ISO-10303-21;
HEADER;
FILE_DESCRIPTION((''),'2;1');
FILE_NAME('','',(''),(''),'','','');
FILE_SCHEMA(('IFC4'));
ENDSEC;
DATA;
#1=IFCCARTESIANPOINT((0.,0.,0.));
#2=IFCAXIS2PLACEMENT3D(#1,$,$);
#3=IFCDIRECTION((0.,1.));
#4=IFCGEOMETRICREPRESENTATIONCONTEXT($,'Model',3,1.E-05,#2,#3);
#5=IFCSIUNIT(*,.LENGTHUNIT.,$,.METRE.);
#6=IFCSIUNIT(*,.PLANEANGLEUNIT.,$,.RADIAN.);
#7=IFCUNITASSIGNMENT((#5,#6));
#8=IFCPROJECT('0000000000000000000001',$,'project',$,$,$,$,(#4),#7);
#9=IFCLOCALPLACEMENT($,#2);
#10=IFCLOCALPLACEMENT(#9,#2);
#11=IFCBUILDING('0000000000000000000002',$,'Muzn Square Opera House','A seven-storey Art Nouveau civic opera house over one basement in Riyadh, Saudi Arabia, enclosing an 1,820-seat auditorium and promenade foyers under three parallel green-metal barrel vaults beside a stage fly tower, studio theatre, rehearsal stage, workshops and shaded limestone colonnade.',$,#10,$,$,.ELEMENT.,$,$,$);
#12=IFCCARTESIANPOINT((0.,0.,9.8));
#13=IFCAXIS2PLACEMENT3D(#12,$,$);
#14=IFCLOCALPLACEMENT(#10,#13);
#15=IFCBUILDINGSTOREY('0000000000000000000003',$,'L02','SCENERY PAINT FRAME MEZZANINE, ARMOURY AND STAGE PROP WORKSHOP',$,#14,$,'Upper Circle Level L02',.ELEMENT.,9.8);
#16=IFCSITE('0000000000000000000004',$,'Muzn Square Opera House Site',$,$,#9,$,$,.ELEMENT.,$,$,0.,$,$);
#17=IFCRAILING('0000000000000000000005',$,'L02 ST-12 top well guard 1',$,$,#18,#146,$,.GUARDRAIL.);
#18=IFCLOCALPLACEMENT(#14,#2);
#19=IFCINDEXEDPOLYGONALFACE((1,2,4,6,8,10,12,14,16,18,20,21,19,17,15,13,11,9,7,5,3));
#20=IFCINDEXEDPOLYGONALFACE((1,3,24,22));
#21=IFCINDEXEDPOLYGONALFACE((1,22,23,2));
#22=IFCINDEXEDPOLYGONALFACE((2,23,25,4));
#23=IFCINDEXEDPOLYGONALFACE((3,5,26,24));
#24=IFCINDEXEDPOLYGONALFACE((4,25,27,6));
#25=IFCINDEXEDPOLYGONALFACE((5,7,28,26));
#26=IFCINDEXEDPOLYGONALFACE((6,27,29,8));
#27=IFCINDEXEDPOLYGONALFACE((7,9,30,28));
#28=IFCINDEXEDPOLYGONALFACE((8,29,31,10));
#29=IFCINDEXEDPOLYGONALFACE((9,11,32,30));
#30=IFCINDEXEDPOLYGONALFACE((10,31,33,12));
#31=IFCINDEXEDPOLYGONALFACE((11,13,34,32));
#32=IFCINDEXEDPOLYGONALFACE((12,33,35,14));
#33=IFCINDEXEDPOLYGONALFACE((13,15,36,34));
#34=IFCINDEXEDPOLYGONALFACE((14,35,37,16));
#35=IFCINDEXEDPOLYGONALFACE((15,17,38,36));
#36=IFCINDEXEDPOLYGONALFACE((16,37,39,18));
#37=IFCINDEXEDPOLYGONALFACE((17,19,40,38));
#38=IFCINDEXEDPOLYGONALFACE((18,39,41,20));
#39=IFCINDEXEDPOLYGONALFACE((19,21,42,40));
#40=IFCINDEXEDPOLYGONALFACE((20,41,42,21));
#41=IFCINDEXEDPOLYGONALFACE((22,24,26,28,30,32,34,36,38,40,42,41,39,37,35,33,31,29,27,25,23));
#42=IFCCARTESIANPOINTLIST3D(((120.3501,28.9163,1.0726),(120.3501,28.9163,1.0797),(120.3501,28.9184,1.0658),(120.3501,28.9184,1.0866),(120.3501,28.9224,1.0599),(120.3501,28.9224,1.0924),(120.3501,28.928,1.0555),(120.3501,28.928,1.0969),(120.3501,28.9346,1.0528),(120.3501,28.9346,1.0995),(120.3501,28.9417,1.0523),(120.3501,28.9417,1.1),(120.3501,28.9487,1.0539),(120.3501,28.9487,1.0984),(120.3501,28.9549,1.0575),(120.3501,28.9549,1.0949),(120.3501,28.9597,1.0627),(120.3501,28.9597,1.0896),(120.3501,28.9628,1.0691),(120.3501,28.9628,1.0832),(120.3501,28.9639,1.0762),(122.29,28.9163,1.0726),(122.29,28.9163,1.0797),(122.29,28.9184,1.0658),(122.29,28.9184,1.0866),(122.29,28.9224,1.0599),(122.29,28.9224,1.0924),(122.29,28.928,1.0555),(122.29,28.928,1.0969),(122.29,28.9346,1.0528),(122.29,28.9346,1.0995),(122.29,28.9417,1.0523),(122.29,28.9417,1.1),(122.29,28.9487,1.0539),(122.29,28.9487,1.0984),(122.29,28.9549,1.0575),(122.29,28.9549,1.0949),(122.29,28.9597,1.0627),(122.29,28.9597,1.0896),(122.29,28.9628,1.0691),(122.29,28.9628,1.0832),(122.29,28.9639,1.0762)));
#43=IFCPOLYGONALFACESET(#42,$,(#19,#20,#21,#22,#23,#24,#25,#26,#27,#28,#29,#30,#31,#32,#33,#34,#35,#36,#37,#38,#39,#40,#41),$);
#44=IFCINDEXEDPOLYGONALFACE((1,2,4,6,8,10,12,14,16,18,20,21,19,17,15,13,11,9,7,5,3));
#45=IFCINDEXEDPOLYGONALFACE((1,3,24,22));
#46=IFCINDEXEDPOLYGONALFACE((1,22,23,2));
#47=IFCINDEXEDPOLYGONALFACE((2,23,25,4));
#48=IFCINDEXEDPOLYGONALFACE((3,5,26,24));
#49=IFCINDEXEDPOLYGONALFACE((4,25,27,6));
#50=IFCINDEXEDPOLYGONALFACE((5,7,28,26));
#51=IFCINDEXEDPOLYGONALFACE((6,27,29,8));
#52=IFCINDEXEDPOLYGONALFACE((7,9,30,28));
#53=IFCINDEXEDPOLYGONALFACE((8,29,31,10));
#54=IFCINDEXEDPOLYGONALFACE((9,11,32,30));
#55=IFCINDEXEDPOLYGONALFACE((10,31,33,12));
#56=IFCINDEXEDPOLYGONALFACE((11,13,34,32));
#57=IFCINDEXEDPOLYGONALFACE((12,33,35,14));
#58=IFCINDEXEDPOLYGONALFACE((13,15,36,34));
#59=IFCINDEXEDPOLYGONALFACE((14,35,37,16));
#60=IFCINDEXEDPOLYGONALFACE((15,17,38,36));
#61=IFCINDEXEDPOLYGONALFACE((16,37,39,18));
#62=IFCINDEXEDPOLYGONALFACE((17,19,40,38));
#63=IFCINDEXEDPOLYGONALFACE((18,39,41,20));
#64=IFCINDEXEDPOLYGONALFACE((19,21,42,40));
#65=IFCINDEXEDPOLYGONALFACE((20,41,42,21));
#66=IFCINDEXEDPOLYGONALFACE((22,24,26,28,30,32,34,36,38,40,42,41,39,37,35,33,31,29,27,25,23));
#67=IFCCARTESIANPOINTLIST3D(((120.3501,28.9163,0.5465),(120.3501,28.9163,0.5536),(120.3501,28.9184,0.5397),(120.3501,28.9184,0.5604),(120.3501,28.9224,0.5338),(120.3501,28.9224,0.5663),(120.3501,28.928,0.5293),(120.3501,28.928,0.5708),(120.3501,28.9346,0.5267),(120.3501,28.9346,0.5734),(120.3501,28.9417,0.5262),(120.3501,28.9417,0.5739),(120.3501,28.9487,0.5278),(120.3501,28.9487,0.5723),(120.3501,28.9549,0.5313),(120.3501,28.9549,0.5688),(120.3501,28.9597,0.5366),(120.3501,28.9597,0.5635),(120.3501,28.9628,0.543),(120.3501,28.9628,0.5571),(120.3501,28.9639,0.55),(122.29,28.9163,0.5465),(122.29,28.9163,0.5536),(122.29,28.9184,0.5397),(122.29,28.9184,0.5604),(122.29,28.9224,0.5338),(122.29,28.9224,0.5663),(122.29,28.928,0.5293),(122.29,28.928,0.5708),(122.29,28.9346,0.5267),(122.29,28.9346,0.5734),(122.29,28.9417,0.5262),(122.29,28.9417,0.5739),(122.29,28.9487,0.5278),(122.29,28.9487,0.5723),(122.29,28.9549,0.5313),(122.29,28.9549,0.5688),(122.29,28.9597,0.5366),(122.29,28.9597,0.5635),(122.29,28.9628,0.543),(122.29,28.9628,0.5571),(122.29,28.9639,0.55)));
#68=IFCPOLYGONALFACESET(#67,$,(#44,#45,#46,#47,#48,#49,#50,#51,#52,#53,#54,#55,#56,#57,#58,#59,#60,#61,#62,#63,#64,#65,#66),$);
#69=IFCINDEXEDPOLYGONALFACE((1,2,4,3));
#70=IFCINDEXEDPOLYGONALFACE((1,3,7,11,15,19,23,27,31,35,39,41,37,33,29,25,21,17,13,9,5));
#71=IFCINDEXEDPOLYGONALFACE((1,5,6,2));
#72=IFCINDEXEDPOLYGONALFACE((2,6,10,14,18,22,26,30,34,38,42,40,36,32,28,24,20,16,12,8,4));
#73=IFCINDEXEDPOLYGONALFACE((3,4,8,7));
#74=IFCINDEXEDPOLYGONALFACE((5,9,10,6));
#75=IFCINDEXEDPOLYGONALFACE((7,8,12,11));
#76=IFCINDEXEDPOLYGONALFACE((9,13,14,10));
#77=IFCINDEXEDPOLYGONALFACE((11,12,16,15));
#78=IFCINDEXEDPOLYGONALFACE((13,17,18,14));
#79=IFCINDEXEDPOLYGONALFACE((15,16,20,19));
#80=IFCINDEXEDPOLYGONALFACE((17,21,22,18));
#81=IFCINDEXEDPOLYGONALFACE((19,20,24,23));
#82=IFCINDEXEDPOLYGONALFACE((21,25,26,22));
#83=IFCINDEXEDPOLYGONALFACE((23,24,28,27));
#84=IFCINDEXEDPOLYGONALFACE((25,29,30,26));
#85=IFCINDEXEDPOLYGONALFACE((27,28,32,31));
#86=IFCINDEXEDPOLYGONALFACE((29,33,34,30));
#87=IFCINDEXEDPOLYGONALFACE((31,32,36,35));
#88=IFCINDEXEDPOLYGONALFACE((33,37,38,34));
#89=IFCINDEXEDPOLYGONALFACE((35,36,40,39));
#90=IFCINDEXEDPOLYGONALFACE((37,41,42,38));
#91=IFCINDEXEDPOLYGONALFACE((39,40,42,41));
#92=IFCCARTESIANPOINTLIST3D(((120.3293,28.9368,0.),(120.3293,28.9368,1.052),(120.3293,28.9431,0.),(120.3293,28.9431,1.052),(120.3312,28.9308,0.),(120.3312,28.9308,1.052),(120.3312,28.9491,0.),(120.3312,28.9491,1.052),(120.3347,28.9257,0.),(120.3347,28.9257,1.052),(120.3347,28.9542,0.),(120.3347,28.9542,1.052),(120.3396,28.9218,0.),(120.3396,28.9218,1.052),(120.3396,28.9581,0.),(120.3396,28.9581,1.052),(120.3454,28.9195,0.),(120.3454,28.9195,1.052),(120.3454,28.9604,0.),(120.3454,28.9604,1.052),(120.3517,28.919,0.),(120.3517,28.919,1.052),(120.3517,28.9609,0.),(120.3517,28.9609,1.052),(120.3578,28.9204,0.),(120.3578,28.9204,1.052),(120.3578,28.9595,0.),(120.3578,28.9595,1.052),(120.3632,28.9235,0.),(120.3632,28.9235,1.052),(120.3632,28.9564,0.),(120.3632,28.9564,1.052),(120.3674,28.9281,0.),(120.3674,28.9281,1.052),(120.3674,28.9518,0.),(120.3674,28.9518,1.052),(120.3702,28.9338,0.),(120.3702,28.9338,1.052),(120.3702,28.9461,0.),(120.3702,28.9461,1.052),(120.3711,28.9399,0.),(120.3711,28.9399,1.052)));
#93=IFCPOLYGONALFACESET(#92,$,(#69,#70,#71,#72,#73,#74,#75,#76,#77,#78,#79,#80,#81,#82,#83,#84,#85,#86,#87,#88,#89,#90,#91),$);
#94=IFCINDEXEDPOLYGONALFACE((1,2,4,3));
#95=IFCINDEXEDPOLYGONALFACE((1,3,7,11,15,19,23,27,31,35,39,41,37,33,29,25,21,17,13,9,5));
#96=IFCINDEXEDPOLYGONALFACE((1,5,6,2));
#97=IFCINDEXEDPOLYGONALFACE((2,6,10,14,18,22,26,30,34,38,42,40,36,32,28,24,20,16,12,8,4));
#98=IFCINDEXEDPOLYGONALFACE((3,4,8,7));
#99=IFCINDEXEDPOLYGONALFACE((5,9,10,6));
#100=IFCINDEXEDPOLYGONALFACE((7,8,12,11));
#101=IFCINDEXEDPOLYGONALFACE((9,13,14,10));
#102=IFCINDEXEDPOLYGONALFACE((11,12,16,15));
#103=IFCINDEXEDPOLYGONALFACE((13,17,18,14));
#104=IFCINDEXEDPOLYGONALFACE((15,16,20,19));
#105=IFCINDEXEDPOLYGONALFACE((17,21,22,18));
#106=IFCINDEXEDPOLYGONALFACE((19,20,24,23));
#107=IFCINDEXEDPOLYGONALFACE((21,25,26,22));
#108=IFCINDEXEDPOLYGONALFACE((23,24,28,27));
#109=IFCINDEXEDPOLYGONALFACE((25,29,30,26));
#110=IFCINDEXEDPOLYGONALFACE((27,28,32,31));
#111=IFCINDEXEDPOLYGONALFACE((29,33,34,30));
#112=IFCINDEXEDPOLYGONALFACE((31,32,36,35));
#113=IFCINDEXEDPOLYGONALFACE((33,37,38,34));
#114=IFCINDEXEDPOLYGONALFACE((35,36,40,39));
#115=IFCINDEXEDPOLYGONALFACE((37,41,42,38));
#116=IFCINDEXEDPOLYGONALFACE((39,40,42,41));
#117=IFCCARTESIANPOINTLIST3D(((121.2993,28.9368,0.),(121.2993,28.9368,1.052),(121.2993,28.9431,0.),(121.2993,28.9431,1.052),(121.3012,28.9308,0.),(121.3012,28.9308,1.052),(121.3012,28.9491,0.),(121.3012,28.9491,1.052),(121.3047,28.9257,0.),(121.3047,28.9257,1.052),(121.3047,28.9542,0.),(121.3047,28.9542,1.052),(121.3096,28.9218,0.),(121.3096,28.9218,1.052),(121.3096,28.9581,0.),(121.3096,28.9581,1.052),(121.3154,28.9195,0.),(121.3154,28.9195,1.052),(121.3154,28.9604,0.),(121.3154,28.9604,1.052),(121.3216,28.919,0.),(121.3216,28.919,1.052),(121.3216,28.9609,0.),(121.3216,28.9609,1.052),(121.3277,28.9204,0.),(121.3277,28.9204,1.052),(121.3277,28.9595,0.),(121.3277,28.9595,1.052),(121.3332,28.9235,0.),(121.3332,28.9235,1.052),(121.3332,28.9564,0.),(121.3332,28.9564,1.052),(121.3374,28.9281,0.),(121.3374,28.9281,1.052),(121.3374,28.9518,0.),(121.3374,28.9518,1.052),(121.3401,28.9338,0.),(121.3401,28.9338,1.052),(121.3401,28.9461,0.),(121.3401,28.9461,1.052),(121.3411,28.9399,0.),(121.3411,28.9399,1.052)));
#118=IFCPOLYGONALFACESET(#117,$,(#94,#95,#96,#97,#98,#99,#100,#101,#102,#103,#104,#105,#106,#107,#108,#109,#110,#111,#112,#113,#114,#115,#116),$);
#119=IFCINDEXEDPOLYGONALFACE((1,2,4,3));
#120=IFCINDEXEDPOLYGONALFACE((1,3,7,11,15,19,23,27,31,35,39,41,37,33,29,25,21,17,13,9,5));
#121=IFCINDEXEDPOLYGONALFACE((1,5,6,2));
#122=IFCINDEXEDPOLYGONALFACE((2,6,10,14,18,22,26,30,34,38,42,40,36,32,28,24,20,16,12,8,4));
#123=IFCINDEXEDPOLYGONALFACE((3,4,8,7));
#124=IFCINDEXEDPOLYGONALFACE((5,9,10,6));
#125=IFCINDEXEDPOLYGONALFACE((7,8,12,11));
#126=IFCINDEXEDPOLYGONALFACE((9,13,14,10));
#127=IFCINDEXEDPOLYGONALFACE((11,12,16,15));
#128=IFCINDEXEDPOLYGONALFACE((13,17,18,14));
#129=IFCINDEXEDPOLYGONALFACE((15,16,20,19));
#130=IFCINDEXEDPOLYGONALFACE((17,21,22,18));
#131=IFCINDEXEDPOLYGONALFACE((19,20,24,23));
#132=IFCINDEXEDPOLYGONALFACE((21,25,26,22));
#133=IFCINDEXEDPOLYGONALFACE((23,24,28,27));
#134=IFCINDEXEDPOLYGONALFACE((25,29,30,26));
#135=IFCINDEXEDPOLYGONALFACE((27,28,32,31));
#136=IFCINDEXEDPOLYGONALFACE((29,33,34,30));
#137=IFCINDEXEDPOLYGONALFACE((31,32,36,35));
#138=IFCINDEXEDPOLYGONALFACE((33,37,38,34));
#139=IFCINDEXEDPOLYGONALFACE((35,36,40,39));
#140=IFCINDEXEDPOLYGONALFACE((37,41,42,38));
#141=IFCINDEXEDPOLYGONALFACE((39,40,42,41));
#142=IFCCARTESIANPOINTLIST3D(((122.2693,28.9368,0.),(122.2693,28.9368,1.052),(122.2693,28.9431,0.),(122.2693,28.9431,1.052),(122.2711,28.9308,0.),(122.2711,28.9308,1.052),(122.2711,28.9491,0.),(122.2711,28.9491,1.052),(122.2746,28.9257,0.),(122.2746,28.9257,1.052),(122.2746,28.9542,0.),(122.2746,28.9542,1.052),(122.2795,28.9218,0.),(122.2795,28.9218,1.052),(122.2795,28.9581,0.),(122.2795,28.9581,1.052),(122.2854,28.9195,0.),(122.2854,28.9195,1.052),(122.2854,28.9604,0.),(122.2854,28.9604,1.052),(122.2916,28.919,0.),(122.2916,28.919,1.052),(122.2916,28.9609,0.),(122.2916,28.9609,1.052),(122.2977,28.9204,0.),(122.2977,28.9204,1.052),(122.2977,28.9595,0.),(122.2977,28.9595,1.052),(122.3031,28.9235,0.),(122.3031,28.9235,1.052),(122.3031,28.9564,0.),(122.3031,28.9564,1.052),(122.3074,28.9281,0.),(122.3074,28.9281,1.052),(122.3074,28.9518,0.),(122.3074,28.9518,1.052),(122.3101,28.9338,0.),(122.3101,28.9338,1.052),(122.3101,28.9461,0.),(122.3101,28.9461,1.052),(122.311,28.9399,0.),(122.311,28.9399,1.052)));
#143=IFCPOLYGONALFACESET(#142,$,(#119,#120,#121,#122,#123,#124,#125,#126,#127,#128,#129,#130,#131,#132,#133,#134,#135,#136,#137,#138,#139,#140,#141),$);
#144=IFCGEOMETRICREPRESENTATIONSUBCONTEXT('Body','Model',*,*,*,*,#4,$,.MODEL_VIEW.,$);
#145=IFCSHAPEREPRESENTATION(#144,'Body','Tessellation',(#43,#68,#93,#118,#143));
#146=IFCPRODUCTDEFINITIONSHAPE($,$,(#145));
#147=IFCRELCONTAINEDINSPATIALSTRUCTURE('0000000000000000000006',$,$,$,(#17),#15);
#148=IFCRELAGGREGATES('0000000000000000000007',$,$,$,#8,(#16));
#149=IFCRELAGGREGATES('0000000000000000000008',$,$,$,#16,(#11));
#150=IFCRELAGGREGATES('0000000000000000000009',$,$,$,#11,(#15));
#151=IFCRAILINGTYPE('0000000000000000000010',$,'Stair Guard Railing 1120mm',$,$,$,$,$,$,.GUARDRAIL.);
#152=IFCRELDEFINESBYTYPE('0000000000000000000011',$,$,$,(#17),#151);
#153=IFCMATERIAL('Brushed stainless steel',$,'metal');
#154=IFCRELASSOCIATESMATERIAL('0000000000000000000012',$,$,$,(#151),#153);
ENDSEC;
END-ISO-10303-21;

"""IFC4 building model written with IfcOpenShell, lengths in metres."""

from ifc_helpers import new_model, si_unit, direction, frame, origin, origin_2d, place, context, subcontext, project, spatial, circle, extrude, material, type_object, element, save


model = new_model("IFC4")

# Units and contexts
model_context = context("Model", 3, precision=1e-05, world=origin(), true_north=direction((0.0, 1.0)))
body_context = subcontext(model_context, "Body", "Model", "MODEL_VIEW")
ifc_project = project(units=[si_unit("LENGTHUNIT", "METRE"), si_unit("PLANEANGLEUNIT", "RADIAN")], contexts=[model_context])

# Site, building, storey
site_placement = place(None, origin())
site = spatial("IfcSite", under=ifc_project, at=site_placement, Name="Muzn Square Opera House Site", CompositionType="ELEMENT", RefElevation=0.0)
building_placement = place(site_placement, origin())
building = spatial("IfcBuilding", under=site, at=building_placement, Name="Muzn Square Opera House", Description="A seven-storey Art Nouveau civic opera house over one basement in Riyadh, Saudi Arabia, enclosing an 1,820-seat auditorium and promenade foyers under three parallel green-metal barrel vaults beside a stage fly tower, studio theatre, rehearsal stage, workshops and shaded limestone colonnade.", CompositionType="ELEMENT")
storey_placement = place(building_placement, frame((0.0, 0.0, 9.8)))
storey = spatial("IfcBuildingStorey", under=building, at=storey_placement, Name="L02", Description="SCENERY PAINT FRAME MEZZANINE, ARMOURY AND STAGE PROP WORKSHOP", LongName="Upper Circle Level L02", CompositionType="ELEMENT", Elevation=9.8)

# Shared definitions
ifc_material_1 = material(Name="Brushed stainless steel", Category="metal")

# Railing
railing_type = type_object("IfcRailingType", Name="Stair Guard Railing 1120mm", PredefinedType="GUARDRAIL", material=ifc_material_1)
railing_placement = place(storey_placement, frame((120.3501, 28.9399, 0.0)))
element("IfcRailing", 1, at=railing_placement, inside=storey, type_object=railing_type, Name="L02 ST-12 top well guard 1", PredefinedType="GUARDRAIL", context=body_context, shape_type="SweptSolid", body=[
    extrude(circle(Radius=0.0239, at=origin_2d()), frame((0.0, 0.0, 1.0762), z_axis=(1.0, 0.0, 0.0), x_axis=(0.0, 1.0, 0.0)), (0.0, 0.0, 1.0), 1.9399),
    extrude(circle(Radius=0.0239, at=origin_2d()), frame((0.0, 0.0, 0.55), z_axis=(1.0, 0.0, 0.0), x_axis=(0.0, 1.0, 0.0)), (0.0, 0.0, 1.0), 1.9399),
    extrude(circle(Radius=0.021, at=origin_2d()), origin(), (0.0, 0.0, 1.0), 1.052),
    extrude(circle(Radius=0.021, at=origin_2d()), frame((0.97, 0.0, 0.0)), (0.0, 0.0, 1.0), 1.052),
    extrude(circle(Radius=0.021, at=origin_2d()), frame((1.9399, 0.0, 0.0)), (0.0, 0.0, 1.0), 1.052),
])

save(model, "model.ifc")
